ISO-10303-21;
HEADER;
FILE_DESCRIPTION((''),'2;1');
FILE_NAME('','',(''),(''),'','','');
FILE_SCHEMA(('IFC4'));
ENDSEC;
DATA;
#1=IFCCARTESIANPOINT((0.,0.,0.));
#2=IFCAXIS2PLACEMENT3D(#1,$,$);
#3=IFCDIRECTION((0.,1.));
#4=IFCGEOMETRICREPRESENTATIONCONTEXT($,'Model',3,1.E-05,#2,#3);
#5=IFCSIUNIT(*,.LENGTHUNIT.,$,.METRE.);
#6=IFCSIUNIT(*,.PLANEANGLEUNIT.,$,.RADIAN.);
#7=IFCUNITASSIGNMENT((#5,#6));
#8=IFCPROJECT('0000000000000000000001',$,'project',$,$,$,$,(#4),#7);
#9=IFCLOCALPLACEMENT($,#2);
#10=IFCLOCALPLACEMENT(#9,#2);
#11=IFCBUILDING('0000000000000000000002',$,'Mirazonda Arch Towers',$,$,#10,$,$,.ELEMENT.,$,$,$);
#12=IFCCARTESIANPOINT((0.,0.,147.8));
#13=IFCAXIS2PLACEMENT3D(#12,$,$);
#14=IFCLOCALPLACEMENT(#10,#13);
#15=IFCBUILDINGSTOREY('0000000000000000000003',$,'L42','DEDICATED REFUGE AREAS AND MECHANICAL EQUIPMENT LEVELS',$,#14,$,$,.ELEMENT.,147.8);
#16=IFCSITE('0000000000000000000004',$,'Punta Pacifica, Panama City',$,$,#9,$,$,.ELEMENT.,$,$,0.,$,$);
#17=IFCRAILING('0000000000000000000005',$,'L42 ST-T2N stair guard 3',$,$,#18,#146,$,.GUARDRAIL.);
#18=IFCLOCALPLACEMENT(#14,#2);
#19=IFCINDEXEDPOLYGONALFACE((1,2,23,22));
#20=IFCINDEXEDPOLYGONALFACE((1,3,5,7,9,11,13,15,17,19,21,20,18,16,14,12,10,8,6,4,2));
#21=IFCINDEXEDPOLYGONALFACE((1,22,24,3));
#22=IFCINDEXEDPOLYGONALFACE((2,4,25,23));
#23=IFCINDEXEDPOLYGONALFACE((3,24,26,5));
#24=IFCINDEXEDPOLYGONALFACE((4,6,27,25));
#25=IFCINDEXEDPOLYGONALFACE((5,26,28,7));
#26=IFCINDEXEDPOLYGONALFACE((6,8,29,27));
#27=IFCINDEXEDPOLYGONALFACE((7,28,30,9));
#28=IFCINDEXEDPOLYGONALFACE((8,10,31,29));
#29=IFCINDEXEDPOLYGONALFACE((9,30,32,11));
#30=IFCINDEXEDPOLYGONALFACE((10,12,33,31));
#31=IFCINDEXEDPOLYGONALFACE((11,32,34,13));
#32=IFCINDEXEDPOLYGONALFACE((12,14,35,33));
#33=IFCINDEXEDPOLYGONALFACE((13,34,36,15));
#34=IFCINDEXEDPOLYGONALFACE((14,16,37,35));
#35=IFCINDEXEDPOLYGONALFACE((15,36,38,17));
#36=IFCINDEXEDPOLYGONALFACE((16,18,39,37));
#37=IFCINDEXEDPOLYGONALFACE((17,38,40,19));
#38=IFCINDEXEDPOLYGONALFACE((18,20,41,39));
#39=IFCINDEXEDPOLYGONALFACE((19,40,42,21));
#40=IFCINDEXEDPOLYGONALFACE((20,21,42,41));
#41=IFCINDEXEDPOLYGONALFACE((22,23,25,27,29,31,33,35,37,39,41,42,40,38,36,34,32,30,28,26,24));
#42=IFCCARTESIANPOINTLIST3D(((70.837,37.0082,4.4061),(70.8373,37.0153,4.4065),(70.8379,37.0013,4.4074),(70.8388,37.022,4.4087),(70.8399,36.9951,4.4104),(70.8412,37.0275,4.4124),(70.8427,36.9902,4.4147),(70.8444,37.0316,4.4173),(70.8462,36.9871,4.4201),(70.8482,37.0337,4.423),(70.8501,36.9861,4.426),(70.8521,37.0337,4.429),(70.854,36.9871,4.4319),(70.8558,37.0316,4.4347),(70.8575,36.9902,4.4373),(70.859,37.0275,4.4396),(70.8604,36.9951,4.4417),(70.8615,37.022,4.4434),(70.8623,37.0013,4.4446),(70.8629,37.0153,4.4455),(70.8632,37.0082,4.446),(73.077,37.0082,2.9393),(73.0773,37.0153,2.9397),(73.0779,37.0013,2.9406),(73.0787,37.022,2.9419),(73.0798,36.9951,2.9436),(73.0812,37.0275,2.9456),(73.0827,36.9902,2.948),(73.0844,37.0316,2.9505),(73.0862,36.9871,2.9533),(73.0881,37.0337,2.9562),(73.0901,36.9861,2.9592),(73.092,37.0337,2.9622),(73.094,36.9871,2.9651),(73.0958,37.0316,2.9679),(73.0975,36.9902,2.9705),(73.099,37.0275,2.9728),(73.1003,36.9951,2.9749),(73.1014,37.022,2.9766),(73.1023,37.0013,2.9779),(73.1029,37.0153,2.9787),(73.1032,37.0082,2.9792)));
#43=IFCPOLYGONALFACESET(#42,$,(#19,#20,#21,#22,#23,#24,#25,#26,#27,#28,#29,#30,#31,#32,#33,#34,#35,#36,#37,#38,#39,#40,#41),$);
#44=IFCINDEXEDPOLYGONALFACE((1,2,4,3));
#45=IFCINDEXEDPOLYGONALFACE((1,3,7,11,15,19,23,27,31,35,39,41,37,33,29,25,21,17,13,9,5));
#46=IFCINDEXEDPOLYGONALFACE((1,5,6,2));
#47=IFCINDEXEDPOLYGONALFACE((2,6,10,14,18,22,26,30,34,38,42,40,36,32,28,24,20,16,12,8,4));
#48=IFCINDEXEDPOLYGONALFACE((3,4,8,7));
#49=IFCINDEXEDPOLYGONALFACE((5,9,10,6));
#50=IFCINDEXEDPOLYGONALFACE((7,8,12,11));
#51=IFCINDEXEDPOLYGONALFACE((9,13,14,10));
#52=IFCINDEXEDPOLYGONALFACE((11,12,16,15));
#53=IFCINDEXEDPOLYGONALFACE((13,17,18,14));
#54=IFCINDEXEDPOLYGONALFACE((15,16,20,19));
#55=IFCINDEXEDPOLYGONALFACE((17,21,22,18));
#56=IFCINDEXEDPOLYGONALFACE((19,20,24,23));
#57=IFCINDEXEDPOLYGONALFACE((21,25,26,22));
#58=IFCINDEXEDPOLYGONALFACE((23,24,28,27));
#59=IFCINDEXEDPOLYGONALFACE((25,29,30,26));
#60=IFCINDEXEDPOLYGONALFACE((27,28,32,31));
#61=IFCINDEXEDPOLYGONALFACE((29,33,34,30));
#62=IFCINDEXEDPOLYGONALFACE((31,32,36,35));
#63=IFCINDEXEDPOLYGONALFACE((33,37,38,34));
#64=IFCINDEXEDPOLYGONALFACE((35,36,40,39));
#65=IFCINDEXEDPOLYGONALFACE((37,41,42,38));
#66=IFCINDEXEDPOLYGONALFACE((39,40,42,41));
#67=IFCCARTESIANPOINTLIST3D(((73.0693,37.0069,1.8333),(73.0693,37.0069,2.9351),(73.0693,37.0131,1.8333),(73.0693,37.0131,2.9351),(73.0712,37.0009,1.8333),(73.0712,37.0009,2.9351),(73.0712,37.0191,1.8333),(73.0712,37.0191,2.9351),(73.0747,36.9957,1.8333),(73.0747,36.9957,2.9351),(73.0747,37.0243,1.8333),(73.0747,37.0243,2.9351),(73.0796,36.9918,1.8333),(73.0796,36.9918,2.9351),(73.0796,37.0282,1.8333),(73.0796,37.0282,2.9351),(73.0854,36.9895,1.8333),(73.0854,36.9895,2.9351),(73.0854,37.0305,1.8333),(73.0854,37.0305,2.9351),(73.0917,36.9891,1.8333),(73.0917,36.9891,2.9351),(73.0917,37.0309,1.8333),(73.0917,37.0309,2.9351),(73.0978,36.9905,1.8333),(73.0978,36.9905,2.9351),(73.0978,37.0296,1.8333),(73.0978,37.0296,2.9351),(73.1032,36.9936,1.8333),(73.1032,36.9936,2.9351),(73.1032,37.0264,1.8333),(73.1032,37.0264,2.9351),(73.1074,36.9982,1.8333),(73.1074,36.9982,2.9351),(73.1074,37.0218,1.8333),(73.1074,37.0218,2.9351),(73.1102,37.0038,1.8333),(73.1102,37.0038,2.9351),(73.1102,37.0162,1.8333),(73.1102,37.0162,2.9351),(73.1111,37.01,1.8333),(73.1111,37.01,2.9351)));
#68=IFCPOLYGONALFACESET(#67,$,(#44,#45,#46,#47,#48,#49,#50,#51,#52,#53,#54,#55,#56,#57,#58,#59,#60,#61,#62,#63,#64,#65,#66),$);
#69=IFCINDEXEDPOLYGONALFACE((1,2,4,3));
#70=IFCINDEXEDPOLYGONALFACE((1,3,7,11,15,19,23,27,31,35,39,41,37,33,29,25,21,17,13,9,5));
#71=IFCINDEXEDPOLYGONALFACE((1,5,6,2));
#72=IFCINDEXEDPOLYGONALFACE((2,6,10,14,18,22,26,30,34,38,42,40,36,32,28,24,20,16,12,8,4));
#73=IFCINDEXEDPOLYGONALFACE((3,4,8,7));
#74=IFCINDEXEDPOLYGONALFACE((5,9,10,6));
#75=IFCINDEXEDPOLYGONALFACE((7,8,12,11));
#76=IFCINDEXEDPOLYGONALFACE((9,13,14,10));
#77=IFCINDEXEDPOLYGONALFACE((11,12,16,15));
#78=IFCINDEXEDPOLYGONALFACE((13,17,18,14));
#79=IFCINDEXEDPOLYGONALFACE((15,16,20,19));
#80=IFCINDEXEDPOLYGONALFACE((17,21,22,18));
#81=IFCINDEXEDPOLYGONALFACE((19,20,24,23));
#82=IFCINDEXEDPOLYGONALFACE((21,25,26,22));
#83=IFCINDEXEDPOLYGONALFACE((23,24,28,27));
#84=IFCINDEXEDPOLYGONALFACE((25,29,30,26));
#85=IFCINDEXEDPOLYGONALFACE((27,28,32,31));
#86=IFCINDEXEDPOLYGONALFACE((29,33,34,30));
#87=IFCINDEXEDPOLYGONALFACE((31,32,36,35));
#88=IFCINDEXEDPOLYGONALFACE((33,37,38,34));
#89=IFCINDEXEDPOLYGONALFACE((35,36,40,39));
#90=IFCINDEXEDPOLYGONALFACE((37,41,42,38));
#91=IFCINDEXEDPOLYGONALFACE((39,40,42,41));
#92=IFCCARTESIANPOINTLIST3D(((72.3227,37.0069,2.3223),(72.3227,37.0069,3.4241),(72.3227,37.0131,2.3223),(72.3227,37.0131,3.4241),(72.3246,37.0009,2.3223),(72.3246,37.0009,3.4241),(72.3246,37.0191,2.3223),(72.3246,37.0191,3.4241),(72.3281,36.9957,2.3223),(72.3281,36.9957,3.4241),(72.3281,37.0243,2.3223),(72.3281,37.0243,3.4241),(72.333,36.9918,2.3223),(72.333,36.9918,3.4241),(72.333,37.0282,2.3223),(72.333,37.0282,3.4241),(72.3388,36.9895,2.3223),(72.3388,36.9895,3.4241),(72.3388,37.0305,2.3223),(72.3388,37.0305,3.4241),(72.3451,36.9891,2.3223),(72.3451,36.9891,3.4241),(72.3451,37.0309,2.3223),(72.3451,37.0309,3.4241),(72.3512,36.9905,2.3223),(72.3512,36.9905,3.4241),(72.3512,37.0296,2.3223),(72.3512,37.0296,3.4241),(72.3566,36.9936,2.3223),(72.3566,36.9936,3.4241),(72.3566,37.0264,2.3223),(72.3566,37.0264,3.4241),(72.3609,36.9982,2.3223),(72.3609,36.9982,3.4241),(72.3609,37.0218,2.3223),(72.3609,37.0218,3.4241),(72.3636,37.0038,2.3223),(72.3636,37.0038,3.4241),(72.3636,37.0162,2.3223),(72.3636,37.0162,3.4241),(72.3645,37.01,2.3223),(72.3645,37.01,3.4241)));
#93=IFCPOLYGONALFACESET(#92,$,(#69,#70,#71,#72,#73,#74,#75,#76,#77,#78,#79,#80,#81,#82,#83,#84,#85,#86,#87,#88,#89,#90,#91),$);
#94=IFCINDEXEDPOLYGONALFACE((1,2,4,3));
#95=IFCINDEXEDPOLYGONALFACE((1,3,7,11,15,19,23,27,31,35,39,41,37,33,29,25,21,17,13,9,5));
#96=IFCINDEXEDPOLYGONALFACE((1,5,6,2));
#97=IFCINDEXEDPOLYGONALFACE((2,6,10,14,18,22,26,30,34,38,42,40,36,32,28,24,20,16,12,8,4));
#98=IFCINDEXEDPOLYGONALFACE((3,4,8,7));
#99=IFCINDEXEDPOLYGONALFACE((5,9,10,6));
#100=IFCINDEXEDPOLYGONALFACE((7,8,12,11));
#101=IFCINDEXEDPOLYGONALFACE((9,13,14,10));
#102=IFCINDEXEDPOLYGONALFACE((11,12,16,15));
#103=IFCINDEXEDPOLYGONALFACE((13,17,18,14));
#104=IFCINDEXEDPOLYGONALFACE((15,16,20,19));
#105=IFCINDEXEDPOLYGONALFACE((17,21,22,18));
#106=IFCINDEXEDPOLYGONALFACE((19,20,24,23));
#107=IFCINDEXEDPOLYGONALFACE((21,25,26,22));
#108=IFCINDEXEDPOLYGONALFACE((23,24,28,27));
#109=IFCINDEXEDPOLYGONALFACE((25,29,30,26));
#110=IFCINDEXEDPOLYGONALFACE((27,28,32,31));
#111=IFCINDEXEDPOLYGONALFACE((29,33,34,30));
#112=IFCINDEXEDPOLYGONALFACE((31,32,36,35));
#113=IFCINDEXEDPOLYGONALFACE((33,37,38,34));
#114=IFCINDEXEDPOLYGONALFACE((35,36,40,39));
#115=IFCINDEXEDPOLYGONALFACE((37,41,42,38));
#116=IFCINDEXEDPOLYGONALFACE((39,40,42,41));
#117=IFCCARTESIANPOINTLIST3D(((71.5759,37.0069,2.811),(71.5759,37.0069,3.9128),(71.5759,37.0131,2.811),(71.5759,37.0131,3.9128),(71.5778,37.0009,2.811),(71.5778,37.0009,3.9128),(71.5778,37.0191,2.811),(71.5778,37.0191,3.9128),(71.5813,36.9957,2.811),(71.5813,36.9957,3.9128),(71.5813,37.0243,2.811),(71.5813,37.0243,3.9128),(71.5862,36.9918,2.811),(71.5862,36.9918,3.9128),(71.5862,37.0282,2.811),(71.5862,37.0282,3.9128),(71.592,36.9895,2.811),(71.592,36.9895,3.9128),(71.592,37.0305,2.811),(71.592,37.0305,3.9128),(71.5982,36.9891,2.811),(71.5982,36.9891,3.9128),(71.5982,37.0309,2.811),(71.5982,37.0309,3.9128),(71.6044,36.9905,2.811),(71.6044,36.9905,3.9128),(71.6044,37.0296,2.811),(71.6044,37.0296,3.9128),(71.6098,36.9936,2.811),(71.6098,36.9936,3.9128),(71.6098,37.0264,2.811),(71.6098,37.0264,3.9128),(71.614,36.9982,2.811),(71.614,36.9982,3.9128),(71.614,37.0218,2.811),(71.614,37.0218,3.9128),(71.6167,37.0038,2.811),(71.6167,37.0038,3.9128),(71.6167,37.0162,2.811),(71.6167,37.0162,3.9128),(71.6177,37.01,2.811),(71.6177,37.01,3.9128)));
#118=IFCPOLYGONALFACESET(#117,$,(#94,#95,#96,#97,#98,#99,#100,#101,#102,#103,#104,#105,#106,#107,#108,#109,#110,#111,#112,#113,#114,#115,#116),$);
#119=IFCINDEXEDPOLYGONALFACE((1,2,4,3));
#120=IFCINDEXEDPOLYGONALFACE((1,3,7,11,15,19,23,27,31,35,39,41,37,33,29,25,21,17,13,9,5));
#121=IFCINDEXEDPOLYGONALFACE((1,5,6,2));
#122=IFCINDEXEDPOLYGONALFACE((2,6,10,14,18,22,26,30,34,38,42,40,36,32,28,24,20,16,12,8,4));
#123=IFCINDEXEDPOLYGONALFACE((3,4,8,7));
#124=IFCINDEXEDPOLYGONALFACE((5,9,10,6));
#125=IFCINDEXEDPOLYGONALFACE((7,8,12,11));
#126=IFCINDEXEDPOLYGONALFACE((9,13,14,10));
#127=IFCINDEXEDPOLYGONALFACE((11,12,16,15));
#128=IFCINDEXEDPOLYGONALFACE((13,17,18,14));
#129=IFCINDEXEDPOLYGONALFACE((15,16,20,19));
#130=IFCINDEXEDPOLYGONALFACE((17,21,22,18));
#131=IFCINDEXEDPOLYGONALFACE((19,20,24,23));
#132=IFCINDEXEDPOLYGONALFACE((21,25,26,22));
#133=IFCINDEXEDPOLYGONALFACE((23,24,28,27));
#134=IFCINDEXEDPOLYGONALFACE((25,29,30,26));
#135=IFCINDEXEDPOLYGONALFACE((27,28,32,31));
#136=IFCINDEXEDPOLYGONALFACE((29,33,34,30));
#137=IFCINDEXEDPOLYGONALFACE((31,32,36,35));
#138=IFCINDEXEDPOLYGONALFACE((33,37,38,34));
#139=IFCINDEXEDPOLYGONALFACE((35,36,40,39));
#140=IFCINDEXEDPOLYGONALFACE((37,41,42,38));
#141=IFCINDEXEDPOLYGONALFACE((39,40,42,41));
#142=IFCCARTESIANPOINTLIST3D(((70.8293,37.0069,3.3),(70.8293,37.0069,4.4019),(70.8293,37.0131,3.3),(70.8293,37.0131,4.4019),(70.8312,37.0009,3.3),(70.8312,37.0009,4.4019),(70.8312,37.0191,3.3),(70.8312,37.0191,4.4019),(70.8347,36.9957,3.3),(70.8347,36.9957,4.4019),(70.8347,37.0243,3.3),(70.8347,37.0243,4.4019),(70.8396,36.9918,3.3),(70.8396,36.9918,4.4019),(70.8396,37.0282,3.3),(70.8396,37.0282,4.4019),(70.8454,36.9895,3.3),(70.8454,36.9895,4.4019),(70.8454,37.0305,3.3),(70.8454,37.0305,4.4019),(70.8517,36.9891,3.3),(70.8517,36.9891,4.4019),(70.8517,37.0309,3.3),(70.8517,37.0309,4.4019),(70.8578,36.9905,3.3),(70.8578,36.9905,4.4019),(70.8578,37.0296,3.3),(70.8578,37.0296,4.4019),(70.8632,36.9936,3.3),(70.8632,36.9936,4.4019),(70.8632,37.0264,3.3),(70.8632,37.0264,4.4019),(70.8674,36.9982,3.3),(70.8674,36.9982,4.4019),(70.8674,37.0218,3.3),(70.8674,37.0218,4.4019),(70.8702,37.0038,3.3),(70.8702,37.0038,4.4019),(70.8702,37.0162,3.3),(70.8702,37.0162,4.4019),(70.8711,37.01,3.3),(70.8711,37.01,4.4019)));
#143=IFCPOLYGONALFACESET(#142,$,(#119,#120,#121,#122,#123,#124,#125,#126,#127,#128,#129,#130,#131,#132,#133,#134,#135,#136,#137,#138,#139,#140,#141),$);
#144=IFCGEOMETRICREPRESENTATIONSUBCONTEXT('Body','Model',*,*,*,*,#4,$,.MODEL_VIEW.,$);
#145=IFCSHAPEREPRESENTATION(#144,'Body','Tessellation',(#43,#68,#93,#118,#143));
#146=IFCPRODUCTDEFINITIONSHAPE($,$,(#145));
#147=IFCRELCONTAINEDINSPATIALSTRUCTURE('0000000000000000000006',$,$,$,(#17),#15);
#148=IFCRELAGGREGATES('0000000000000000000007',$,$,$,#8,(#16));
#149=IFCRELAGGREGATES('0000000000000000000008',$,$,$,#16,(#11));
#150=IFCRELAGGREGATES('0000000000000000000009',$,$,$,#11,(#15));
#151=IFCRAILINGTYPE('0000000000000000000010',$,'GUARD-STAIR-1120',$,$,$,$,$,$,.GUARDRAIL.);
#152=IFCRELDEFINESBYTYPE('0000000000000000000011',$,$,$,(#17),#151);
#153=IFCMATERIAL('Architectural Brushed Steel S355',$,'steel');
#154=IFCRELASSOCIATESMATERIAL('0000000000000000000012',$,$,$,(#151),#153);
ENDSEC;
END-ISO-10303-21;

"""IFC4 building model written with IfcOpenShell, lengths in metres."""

from ifc_helpers import new_model, si_unit, direction, frame, origin, origin_2d, place, context, subcontext, project, spatial, circle, extrude, material, type_object, element, save


model = new_model("IFC4")

# Units and contexts
model_context = context("Model", 3, precision=1e-05, world=origin(), true_north=direction((0.0, 1.0)))
body_context = subcontext(model_context, "Body", "Model", "MODEL_VIEW")
ifc_project = project(units=[si_unit("LENGTHUNIT", "METRE"), si_unit("PLANEANGLEUNIT", "RADIAN")], contexts=[model_context])

# Site, building, storey
site_placement = place(None, origin())
site = spatial("IfcSite", under=ifc_project, at=site_placement, Name="Punta Pacifica, Panama City", CompositionType="ELEMENT", RefElevation=0.0)
building_placement = place(site_placement, origin())
building = spatial("IfcBuilding", under=site, at=building_placement, Name="Mirazonda Arch Towers", CompositionType="ELEMENT")
storey_placement = place(building_placement, frame((0.0, 0.0, 147.8)))
storey = spatial("IfcBuildingStorey", under=building, at=storey_placement, Name="L42", Description="DEDICATED REFUGE AREAS AND MECHANICAL EQUIPMENT LEVELS", CompositionType="ELEMENT", Elevation=147.8)

# Shared definitions
ifc_material_1 = material(Name="Architectural Brushed Steel S355", Category="steel")

# Railing
railing_type_1 = type_object("IfcRailingType", Name="GUARD-STAIR-1120", PredefinedType="GUARDRAIL", material=ifc_material_1)
railing_1_placement = place(storey_placement, frame((73.0901, 37.01, 1.8333)))
element("IfcRailing", 1, at=railing_1_placement, inside=storey, type_object=railing_type_1, Name="L42 ST-T2N stair guard 3", PredefinedType="GUARDRAIL", context=body_context, shape_type="SweptSolid", body=[
    extrude(circle(Radius=0.0239, at=origin_2d()), frame((0.0, 0.0, 1.126), z_axis=(-0.836595, 0.0, 0.547822), x_axis=(0.0, -1.0, 0.0)), (0.0, 0.0, 1.0), 2.6775),
    extrude(circle(Radius=0.021, at=origin_2d()), origin(), (0.0, 0.0, 1.0), 1.1018),
    extrude(circle(Radius=0.021, at=origin_2d()), frame((-0.7466, 0.0, 0.489)), (0.0, 0.0, 1.0), 1.1018),
    extrude(circle(Radius=0.021, at=origin_2d()), frame((-1.4934, 0.0, 0.9778)), (0.0, 0.0, 1.0), 1.1018),
    extrude(circle(Radius=0.021, at=origin_2d()), frame((-2.24, 0.0, 1.4668)), (0.0, 0.0, 1.0), 1.1018),
])

save(model, "model.ifc")
